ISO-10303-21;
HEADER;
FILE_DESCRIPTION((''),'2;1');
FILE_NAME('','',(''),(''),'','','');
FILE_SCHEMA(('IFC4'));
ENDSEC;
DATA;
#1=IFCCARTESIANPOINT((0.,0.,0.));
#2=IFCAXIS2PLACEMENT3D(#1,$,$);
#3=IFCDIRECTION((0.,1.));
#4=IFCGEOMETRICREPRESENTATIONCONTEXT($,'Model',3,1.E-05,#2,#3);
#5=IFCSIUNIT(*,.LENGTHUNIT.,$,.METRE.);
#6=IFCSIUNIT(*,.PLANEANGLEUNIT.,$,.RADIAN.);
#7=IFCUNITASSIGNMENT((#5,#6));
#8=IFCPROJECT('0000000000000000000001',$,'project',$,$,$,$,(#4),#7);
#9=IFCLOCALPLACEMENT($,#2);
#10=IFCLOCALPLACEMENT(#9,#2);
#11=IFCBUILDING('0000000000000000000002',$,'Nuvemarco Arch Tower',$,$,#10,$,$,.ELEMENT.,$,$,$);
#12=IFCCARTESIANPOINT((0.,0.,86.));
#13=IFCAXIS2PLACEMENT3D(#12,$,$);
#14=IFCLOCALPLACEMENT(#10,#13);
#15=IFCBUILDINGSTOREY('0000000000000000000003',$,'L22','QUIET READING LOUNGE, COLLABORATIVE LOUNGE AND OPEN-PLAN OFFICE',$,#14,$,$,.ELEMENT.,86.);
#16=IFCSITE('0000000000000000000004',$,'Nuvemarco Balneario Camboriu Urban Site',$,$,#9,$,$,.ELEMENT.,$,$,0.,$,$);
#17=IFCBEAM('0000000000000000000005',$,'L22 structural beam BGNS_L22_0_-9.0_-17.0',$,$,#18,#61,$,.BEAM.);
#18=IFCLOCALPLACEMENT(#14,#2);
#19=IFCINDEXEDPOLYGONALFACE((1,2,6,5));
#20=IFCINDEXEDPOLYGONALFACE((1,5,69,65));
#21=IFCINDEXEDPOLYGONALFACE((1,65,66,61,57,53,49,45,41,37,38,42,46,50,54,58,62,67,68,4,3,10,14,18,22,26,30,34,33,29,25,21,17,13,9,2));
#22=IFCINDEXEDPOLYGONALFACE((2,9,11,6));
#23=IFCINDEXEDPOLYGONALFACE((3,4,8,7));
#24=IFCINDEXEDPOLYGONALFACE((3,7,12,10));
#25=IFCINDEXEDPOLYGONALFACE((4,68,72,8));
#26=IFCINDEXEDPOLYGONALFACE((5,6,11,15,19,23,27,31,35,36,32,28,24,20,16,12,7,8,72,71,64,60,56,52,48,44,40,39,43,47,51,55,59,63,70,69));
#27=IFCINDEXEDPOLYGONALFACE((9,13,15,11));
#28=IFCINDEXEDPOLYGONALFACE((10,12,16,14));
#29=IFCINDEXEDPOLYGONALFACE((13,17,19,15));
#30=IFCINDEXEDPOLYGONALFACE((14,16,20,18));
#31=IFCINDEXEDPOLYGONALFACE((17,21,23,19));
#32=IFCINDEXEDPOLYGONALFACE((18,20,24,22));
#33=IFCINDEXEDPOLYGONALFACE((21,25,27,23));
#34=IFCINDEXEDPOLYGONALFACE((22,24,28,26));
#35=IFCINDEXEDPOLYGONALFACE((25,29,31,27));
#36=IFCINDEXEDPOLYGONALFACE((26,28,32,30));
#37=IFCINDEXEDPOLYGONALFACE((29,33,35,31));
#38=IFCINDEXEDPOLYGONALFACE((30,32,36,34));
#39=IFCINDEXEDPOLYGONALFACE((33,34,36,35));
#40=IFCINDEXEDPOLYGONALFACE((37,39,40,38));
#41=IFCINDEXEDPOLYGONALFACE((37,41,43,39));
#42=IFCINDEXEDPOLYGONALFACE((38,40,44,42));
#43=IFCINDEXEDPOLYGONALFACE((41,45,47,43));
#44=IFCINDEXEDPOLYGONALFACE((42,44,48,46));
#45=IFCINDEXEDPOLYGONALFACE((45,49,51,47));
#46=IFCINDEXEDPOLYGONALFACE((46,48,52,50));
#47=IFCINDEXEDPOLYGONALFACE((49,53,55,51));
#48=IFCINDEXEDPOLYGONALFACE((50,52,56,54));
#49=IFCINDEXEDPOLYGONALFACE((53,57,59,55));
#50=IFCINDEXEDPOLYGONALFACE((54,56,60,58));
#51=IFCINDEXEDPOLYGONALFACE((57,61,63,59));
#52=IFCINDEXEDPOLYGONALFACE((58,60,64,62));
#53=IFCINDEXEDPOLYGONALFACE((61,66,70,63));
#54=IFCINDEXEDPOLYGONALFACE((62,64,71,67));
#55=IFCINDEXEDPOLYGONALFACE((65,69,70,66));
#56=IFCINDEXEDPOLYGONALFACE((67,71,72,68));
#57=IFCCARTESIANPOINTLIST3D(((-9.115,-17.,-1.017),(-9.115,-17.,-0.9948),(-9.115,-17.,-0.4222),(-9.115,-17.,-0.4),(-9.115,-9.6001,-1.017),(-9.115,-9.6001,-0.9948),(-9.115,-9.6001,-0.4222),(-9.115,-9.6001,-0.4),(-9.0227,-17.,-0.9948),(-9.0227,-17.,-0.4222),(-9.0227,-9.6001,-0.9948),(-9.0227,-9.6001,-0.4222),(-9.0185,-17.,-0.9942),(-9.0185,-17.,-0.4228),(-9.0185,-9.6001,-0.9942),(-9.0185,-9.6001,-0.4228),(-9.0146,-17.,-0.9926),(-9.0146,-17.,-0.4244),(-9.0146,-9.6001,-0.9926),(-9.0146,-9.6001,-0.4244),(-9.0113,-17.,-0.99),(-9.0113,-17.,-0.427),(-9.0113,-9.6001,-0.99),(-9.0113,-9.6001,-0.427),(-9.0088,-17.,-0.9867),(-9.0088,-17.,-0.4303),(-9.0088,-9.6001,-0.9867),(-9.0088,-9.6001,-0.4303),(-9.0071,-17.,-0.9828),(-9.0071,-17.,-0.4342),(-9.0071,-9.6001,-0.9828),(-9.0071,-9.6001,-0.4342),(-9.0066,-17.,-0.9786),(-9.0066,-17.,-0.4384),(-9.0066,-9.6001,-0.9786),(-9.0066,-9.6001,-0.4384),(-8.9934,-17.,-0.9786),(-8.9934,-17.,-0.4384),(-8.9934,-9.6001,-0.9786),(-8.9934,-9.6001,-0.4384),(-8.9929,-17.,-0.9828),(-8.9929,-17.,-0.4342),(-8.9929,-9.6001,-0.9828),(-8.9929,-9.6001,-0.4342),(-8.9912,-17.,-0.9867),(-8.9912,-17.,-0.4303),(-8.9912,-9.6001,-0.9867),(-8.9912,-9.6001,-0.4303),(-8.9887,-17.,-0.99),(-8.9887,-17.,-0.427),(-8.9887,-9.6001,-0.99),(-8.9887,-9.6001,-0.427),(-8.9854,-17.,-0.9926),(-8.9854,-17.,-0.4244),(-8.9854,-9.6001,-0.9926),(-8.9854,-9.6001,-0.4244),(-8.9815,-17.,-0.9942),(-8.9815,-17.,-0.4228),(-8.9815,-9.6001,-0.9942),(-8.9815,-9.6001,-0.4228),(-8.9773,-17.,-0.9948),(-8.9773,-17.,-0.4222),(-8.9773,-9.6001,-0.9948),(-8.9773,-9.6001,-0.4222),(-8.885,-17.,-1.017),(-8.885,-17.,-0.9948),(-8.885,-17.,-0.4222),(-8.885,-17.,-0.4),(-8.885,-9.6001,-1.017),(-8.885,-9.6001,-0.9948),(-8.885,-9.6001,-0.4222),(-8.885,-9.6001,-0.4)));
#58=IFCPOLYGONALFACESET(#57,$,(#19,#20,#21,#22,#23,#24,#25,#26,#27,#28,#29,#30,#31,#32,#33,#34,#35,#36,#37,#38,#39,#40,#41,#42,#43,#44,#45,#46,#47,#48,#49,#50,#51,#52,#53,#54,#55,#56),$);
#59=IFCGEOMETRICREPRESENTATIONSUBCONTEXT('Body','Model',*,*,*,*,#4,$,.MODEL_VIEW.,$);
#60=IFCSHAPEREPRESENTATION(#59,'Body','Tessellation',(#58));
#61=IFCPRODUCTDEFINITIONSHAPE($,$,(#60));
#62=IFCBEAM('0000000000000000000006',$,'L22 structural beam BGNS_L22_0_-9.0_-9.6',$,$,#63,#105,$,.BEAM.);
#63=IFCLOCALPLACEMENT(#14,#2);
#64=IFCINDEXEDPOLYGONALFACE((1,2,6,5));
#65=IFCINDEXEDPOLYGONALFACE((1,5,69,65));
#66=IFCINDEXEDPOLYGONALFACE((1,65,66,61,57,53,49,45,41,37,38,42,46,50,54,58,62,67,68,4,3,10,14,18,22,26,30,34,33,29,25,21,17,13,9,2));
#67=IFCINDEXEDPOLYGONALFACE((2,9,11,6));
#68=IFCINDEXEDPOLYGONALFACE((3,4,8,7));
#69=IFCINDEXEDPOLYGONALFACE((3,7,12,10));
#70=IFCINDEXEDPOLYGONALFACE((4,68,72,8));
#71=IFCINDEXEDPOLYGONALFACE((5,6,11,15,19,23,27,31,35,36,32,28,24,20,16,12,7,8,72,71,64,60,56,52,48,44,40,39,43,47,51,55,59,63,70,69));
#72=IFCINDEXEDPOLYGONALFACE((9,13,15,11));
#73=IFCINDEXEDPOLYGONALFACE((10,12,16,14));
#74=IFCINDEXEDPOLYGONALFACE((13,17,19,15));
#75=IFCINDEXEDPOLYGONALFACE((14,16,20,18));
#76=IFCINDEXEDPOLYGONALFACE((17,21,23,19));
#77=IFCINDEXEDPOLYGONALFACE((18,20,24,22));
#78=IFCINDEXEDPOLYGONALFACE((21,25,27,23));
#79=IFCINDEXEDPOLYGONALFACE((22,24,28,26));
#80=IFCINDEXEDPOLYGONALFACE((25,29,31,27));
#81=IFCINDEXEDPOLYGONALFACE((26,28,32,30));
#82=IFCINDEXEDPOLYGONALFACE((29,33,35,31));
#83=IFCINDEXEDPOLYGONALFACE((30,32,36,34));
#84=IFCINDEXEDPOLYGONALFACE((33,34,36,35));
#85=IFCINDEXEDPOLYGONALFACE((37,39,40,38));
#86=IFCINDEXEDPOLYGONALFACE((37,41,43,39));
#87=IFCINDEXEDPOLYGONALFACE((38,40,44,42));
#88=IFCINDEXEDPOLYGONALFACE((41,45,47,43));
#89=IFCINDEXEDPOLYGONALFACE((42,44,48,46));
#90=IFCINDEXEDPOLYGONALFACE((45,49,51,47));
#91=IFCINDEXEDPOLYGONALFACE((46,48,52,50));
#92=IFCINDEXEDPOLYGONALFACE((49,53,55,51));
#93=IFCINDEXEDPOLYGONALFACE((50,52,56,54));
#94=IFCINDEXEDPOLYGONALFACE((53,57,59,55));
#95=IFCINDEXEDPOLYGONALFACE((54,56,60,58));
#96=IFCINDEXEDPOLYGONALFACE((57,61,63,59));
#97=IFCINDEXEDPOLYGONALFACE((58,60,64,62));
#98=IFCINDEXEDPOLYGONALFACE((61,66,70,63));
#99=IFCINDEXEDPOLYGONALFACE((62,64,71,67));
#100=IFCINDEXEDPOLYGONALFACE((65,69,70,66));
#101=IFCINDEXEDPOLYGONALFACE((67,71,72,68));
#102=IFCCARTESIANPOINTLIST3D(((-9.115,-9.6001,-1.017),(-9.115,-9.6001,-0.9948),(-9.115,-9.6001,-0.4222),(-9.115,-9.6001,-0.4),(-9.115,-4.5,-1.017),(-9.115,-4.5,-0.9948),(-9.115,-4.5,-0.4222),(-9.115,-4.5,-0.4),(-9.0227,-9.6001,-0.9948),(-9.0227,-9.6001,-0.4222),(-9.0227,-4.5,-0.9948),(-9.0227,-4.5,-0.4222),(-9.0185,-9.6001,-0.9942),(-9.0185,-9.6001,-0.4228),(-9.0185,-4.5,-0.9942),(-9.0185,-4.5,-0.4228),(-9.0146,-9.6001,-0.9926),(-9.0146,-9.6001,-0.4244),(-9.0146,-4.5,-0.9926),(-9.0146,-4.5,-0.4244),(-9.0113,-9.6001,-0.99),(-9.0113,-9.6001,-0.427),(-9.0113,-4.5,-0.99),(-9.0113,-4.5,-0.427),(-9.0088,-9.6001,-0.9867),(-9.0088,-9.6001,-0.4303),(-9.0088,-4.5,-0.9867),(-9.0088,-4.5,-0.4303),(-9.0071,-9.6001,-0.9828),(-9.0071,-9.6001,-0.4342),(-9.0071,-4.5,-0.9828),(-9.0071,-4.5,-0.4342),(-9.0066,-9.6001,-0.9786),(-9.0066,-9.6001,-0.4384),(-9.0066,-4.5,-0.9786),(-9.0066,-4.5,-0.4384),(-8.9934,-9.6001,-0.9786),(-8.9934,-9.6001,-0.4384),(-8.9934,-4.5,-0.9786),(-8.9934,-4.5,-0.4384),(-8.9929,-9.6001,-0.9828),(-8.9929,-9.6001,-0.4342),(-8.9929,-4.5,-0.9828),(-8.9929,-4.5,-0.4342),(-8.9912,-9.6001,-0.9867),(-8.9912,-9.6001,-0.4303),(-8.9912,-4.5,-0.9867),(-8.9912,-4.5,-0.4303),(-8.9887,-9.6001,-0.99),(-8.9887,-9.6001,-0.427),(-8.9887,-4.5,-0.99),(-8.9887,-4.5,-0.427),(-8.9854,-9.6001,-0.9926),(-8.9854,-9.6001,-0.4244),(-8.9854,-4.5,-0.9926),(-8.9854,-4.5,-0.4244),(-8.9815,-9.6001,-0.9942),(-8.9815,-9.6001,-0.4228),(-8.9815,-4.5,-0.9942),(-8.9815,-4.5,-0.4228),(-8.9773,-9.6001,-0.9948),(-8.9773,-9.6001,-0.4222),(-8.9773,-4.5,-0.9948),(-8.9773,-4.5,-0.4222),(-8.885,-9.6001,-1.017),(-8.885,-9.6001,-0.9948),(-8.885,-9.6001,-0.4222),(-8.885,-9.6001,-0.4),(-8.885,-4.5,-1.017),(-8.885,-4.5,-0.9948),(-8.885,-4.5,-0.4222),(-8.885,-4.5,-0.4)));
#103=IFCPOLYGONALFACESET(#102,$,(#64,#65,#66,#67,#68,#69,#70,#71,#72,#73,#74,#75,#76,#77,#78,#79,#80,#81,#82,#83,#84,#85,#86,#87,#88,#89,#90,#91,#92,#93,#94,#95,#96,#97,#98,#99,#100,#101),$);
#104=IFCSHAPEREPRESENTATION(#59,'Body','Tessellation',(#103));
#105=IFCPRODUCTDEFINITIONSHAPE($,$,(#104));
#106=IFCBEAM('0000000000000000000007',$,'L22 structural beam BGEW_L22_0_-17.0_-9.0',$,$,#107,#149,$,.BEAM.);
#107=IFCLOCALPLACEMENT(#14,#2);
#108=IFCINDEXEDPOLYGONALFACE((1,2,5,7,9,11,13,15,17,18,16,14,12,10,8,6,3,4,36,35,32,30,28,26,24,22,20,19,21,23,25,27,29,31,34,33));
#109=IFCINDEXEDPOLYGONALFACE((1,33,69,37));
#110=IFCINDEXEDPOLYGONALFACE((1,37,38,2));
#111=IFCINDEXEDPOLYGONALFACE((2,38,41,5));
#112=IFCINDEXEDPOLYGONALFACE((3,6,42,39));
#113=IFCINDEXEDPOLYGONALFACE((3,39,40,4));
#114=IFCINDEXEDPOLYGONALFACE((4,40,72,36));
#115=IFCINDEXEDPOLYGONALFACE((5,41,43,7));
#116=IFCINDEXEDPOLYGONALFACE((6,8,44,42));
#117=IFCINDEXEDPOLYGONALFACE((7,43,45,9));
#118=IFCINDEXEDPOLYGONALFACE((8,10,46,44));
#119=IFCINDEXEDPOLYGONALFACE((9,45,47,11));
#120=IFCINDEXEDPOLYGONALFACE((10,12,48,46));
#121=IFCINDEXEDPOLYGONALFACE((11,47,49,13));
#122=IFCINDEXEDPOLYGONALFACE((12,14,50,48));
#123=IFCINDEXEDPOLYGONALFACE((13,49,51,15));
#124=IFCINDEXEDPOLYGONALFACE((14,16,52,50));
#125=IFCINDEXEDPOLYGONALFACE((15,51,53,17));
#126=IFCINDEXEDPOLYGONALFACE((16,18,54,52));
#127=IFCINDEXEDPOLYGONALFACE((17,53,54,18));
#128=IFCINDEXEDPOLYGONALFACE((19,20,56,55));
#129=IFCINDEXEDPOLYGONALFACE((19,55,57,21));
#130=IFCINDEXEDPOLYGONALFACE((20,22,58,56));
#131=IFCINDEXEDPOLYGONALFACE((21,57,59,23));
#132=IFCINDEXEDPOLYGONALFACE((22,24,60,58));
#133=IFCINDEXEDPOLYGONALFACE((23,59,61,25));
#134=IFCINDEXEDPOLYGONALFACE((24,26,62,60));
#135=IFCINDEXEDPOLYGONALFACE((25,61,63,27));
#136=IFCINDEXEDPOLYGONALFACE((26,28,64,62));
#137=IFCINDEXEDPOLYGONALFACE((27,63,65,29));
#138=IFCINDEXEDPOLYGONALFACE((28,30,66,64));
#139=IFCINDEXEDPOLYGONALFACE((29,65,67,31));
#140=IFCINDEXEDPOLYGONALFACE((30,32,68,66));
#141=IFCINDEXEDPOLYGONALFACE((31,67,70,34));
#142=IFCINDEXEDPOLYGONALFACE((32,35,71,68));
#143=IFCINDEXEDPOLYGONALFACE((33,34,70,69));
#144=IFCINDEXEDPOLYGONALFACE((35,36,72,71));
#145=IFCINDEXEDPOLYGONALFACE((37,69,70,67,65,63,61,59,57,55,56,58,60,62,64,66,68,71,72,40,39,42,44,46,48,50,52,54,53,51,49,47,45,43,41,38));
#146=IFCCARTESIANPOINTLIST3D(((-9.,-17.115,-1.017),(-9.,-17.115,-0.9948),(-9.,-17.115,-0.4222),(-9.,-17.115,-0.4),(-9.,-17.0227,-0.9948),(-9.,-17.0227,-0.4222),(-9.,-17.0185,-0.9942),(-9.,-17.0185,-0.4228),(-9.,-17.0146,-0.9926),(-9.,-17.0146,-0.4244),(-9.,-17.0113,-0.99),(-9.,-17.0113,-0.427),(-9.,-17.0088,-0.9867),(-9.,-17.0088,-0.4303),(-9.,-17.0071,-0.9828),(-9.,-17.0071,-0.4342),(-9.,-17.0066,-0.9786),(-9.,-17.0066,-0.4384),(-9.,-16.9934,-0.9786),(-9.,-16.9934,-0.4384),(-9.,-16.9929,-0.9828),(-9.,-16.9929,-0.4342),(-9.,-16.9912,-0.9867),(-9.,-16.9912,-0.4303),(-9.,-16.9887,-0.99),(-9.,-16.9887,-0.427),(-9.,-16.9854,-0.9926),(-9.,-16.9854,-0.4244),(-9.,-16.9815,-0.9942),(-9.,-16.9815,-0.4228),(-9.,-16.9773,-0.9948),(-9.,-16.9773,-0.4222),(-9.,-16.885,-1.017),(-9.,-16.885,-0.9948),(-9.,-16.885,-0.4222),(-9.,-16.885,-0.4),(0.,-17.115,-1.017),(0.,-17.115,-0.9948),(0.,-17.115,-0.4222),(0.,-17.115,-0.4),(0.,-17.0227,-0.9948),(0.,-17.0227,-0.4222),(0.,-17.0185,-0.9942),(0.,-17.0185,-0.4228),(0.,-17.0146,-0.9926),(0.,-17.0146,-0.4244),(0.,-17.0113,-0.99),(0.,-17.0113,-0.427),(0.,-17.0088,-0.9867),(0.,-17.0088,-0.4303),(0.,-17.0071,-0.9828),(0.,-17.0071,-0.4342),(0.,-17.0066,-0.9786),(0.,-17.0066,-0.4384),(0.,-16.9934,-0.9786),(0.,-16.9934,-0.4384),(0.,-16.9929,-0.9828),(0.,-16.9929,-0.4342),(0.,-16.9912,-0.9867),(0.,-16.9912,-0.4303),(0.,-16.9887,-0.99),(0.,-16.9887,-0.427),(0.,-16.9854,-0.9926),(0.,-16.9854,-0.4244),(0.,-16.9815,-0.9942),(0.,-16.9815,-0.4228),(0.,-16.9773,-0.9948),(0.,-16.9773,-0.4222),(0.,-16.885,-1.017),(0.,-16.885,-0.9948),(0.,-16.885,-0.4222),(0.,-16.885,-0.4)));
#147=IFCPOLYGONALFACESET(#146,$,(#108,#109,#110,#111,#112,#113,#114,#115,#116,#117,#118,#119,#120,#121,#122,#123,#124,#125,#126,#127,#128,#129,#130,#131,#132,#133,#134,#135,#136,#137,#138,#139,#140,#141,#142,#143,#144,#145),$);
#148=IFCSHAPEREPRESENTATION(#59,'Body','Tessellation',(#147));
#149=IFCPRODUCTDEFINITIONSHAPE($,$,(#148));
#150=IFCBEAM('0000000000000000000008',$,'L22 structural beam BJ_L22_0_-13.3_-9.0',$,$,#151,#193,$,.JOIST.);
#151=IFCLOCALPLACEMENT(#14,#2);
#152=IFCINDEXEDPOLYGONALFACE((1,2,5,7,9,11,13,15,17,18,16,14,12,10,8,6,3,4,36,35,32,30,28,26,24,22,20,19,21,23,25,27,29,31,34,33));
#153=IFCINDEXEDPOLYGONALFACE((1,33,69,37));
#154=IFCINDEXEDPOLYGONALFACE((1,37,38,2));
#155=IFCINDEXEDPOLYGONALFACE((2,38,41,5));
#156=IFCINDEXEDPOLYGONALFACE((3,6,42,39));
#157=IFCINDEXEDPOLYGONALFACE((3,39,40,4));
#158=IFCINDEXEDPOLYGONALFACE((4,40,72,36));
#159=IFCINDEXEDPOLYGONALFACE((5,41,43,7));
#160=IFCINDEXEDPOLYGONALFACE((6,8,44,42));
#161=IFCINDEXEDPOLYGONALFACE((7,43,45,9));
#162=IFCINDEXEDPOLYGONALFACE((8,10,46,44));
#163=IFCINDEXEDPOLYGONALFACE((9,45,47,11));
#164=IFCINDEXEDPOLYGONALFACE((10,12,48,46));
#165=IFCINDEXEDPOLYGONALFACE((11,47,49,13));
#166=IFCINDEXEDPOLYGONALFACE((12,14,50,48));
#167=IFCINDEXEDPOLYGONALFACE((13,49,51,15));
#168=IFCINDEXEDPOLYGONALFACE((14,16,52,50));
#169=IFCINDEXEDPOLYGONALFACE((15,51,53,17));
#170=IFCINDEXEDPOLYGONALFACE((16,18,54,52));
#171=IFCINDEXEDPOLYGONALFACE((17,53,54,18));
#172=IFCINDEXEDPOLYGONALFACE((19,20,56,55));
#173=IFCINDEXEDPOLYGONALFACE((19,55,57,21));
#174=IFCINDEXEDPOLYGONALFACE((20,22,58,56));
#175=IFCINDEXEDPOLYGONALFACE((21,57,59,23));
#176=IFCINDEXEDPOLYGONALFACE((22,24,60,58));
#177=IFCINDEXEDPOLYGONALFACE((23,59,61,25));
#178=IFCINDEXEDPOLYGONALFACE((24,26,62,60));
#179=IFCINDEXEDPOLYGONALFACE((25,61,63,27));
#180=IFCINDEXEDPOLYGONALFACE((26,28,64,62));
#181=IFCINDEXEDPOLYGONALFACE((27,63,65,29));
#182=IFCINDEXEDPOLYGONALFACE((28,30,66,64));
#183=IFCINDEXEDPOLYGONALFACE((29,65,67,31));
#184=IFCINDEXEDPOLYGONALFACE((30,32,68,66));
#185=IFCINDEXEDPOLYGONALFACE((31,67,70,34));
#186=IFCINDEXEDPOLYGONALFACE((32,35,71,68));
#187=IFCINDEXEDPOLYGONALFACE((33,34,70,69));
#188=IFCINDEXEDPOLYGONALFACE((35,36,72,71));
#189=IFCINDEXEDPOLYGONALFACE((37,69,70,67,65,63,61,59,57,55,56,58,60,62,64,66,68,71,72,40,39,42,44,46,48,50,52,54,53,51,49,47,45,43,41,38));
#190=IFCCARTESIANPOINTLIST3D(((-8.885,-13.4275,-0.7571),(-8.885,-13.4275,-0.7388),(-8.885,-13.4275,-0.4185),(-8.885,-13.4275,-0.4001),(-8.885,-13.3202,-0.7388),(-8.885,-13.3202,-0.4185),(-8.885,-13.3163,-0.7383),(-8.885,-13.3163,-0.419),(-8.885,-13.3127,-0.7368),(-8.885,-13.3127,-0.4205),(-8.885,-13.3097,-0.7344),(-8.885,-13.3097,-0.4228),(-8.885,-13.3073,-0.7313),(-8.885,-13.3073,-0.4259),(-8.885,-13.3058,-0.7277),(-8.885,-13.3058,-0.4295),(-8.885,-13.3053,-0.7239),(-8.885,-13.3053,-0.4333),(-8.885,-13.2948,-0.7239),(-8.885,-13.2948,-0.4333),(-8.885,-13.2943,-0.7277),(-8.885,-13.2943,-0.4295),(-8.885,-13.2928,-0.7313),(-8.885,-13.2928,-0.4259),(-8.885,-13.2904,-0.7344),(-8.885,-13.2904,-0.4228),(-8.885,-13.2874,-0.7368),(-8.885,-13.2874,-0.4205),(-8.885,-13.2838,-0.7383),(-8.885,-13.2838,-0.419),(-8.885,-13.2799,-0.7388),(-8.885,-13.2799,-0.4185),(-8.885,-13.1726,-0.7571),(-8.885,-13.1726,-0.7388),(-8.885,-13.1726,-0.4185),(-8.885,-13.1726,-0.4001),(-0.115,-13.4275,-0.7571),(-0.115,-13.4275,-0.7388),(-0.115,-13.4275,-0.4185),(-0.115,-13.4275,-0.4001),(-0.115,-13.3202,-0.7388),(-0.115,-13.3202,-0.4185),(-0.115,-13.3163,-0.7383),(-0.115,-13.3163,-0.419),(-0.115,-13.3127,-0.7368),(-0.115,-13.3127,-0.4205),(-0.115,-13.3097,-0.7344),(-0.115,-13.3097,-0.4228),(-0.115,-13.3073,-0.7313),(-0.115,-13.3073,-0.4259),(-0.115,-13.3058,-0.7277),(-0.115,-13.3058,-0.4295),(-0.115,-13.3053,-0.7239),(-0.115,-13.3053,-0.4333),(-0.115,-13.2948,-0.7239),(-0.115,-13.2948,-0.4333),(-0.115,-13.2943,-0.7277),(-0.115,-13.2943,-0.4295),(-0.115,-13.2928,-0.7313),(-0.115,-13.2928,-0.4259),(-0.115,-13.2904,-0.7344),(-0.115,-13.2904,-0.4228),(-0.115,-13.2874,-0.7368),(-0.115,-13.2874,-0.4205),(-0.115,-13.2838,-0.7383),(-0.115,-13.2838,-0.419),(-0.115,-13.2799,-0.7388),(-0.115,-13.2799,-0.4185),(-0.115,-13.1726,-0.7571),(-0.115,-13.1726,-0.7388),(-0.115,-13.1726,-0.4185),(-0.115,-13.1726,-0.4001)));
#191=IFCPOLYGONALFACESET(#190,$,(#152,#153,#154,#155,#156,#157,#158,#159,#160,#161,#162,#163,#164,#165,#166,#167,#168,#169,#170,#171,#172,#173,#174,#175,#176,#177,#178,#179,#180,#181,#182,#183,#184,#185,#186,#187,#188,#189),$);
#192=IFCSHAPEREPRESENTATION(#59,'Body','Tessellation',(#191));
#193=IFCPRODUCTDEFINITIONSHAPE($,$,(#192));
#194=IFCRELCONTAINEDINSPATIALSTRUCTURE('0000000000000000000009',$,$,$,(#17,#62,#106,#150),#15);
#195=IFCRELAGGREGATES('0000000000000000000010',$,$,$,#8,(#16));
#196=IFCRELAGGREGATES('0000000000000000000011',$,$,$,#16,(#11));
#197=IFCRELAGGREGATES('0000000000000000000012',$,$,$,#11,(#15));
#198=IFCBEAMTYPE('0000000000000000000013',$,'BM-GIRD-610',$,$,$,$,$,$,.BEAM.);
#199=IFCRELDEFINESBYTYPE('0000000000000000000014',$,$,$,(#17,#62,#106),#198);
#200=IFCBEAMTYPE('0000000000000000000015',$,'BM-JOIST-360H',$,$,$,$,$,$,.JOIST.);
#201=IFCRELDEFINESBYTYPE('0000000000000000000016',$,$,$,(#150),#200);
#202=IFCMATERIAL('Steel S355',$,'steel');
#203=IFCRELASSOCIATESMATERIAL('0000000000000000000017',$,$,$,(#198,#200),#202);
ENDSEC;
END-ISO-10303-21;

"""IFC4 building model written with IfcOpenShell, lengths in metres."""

from ifc_helpers import new_model, si_unit, direction, frame, origin, origin_2d, place, context, subcontext, project, spatial, i_section, extrude, material, material_profile, profile_set, type_object, element, save


model = new_model("IFC4")

# Units and contexts
model_context = context("Model", 3, precision=1e-05, world=origin(), true_north=direction((0.0, 1.0)))
body_context = subcontext(model_context, "Body", "Model", "MODEL_VIEW")
ifc_project = project(units=[si_unit("LENGTHUNIT", "METRE"), si_unit("PLANEANGLEUNIT", "RADIAN")], contexts=[model_context])

# Site, building, storey
site_placement = place(None, origin())
site = spatial("IfcSite", under=ifc_project, at=site_placement, Name="Nuvemarco Balneario Camboriu Urban Site", CompositionType="ELEMENT", RefElevation=0.0)
building_placement = place(site_placement, origin())
building = spatial("IfcBuilding", under=site, at=building_placement, Name="Nuvemarco Arch Tower", CompositionType="ELEMENT")
storey_placement = place(building_placement, frame((0.0, 0.0, 86.0)))
storey = spatial("IfcBuildingStorey", under=building, at=storey_placement, Name="L22", Description="QUIET READING LOUNGE, COLLABORATIVE LOUNGE AND OPEN-PLAN OFFICE", CompositionType="ELEMENT", Elevation=86.0)

# Shared definitions
ifc_material_1 = material(Name="Steel S355", Category="steel")

# Beams
ifc_material_profile_1 = material_profile(ifc_material_1, i_section(OverallWidth=0.23, OverallDepth=0.6169, WebThickness=0.0132, FlangeThickness=0.0222, FilletRadius=0.0161, at=origin_2d()), Name="W610x140")
ifc_profile_set_1 = profile_set([ifc_material_profile_1], Name="Steel S355")
beam_type_1 = type_object("IfcBeamType", Name="BM-GIRD-610", PredefinedType="BEAM", material=ifc_profile_set_1)
beam_1_placement = place(storey_placement, frame((-9.0, -17.0, -0.7085), z_axis=(0.0, 1.0, 0.0), x_axis=(-1.0, 0.0, 0.0)))
element("IfcBeam", 1, at=beam_1_placement, inside=storey, type_object=beam_type_1, Name="L22 structural beam BGNS_L22_0_-9.0_-17.0", PredefinedType="BEAM", context=body_context, shape_type="SweptSolid", body=[
    extrude(i_section(OverallWidth=0.23, OverallDepth=0.6169, WebThickness=0.0132, FlangeThickness=0.0222, FilletRadius=0.0161, at=origin_2d()), origin(), (0.0, 0.0, 1.0), 7.3999),
])
beam_2_placement = place(storey_placement, frame((-9.0, -9.6001, -0.7085), z_axis=(0.0, 1.0, 0.0), x_axis=(-1.0, 0.0, 0.0)))
element("IfcBeam", 2, at=beam_2_placement, inside=storey, type_object=beam_type_1, Name="L22 structural beam BGNS_L22_0_-9.0_-9.6", PredefinedType="BEAM", context=body_context, shape_type="SweptSolid", body=[
    extrude(i_section(OverallWidth=0.23, OverallDepth=0.6169, WebThickness=0.0132, FlangeThickness=0.0222, FilletRadius=0.0161, at=origin_2d()), origin(), (0.0, 0.0, 1.0), 5.1001),
])
beam_3_placement = place(storey_placement, frame((-9.0, -17.0, -0.7085), z_axis=(1.0, 0.0, 0.0), x_axis=(0.0, 1.0, 0.0)))
element("IfcBeam", 3, at=beam_3_placement, inside=storey, type_object=beam_type_1, Name="L22 structural beam BGEW_L22_0_-17.0_-9.0", PredefinedType="BEAM", context=body_context, shape_type="SweptSolid", body=[
    extrude(i_section(OverallWidth=0.23, OverallDepth=0.6169, WebThickness=0.0132, FlangeThickness=0.0222, FilletRadius=0.0161, at=origin_2d()), origin(), (0.0, 0.0, 1.0), 9.0),
])
ifc_material_profile_2 = material_profile(ifc_material_1, i_section(OverallWidth=0.2549, OverallDepth=0.3569, WebThickness=0.0105, FlangeThickness=0.0183, FilletRadius=0.0149, at=origin_2d()), Name="W360x101")
ifc_profile_set_2 = profile_set([ifc_material_profile_2], Name="Steel S355")
beam_type_2 = type_object("IfcBeamType", Name="BM-JOIST-360H", PredefinedType="JOIST", material=ifc_profile_set_2)
beam_4_placement = place(storey_placement, frame((-8.885, -13.3, -0.5786), z_axis=(1.0, 0.0, 0.0), x_axis=(0.0, 1.0, 0.0)))
element("IfcBeam", 4, at=beam_4_placement, inside=storey, type_object=beam_type_2, Name="L22 structural beam BJ_L22_0_-13.3_-9.0", PredefinedType="JOIST", context=body_context, shape_type="SweptSolid", body=[
    extrude(i_section(OverallWidth=0.2549, OverallDepth=0.3569, WebThickness=0.0105, FlangeThickness=0.0183, FilletRadius=0.0149, at=origin_2d()), origin(), (0.0, 0.0, 1.0), 8.77),
])

save(model, "model.ifc")
